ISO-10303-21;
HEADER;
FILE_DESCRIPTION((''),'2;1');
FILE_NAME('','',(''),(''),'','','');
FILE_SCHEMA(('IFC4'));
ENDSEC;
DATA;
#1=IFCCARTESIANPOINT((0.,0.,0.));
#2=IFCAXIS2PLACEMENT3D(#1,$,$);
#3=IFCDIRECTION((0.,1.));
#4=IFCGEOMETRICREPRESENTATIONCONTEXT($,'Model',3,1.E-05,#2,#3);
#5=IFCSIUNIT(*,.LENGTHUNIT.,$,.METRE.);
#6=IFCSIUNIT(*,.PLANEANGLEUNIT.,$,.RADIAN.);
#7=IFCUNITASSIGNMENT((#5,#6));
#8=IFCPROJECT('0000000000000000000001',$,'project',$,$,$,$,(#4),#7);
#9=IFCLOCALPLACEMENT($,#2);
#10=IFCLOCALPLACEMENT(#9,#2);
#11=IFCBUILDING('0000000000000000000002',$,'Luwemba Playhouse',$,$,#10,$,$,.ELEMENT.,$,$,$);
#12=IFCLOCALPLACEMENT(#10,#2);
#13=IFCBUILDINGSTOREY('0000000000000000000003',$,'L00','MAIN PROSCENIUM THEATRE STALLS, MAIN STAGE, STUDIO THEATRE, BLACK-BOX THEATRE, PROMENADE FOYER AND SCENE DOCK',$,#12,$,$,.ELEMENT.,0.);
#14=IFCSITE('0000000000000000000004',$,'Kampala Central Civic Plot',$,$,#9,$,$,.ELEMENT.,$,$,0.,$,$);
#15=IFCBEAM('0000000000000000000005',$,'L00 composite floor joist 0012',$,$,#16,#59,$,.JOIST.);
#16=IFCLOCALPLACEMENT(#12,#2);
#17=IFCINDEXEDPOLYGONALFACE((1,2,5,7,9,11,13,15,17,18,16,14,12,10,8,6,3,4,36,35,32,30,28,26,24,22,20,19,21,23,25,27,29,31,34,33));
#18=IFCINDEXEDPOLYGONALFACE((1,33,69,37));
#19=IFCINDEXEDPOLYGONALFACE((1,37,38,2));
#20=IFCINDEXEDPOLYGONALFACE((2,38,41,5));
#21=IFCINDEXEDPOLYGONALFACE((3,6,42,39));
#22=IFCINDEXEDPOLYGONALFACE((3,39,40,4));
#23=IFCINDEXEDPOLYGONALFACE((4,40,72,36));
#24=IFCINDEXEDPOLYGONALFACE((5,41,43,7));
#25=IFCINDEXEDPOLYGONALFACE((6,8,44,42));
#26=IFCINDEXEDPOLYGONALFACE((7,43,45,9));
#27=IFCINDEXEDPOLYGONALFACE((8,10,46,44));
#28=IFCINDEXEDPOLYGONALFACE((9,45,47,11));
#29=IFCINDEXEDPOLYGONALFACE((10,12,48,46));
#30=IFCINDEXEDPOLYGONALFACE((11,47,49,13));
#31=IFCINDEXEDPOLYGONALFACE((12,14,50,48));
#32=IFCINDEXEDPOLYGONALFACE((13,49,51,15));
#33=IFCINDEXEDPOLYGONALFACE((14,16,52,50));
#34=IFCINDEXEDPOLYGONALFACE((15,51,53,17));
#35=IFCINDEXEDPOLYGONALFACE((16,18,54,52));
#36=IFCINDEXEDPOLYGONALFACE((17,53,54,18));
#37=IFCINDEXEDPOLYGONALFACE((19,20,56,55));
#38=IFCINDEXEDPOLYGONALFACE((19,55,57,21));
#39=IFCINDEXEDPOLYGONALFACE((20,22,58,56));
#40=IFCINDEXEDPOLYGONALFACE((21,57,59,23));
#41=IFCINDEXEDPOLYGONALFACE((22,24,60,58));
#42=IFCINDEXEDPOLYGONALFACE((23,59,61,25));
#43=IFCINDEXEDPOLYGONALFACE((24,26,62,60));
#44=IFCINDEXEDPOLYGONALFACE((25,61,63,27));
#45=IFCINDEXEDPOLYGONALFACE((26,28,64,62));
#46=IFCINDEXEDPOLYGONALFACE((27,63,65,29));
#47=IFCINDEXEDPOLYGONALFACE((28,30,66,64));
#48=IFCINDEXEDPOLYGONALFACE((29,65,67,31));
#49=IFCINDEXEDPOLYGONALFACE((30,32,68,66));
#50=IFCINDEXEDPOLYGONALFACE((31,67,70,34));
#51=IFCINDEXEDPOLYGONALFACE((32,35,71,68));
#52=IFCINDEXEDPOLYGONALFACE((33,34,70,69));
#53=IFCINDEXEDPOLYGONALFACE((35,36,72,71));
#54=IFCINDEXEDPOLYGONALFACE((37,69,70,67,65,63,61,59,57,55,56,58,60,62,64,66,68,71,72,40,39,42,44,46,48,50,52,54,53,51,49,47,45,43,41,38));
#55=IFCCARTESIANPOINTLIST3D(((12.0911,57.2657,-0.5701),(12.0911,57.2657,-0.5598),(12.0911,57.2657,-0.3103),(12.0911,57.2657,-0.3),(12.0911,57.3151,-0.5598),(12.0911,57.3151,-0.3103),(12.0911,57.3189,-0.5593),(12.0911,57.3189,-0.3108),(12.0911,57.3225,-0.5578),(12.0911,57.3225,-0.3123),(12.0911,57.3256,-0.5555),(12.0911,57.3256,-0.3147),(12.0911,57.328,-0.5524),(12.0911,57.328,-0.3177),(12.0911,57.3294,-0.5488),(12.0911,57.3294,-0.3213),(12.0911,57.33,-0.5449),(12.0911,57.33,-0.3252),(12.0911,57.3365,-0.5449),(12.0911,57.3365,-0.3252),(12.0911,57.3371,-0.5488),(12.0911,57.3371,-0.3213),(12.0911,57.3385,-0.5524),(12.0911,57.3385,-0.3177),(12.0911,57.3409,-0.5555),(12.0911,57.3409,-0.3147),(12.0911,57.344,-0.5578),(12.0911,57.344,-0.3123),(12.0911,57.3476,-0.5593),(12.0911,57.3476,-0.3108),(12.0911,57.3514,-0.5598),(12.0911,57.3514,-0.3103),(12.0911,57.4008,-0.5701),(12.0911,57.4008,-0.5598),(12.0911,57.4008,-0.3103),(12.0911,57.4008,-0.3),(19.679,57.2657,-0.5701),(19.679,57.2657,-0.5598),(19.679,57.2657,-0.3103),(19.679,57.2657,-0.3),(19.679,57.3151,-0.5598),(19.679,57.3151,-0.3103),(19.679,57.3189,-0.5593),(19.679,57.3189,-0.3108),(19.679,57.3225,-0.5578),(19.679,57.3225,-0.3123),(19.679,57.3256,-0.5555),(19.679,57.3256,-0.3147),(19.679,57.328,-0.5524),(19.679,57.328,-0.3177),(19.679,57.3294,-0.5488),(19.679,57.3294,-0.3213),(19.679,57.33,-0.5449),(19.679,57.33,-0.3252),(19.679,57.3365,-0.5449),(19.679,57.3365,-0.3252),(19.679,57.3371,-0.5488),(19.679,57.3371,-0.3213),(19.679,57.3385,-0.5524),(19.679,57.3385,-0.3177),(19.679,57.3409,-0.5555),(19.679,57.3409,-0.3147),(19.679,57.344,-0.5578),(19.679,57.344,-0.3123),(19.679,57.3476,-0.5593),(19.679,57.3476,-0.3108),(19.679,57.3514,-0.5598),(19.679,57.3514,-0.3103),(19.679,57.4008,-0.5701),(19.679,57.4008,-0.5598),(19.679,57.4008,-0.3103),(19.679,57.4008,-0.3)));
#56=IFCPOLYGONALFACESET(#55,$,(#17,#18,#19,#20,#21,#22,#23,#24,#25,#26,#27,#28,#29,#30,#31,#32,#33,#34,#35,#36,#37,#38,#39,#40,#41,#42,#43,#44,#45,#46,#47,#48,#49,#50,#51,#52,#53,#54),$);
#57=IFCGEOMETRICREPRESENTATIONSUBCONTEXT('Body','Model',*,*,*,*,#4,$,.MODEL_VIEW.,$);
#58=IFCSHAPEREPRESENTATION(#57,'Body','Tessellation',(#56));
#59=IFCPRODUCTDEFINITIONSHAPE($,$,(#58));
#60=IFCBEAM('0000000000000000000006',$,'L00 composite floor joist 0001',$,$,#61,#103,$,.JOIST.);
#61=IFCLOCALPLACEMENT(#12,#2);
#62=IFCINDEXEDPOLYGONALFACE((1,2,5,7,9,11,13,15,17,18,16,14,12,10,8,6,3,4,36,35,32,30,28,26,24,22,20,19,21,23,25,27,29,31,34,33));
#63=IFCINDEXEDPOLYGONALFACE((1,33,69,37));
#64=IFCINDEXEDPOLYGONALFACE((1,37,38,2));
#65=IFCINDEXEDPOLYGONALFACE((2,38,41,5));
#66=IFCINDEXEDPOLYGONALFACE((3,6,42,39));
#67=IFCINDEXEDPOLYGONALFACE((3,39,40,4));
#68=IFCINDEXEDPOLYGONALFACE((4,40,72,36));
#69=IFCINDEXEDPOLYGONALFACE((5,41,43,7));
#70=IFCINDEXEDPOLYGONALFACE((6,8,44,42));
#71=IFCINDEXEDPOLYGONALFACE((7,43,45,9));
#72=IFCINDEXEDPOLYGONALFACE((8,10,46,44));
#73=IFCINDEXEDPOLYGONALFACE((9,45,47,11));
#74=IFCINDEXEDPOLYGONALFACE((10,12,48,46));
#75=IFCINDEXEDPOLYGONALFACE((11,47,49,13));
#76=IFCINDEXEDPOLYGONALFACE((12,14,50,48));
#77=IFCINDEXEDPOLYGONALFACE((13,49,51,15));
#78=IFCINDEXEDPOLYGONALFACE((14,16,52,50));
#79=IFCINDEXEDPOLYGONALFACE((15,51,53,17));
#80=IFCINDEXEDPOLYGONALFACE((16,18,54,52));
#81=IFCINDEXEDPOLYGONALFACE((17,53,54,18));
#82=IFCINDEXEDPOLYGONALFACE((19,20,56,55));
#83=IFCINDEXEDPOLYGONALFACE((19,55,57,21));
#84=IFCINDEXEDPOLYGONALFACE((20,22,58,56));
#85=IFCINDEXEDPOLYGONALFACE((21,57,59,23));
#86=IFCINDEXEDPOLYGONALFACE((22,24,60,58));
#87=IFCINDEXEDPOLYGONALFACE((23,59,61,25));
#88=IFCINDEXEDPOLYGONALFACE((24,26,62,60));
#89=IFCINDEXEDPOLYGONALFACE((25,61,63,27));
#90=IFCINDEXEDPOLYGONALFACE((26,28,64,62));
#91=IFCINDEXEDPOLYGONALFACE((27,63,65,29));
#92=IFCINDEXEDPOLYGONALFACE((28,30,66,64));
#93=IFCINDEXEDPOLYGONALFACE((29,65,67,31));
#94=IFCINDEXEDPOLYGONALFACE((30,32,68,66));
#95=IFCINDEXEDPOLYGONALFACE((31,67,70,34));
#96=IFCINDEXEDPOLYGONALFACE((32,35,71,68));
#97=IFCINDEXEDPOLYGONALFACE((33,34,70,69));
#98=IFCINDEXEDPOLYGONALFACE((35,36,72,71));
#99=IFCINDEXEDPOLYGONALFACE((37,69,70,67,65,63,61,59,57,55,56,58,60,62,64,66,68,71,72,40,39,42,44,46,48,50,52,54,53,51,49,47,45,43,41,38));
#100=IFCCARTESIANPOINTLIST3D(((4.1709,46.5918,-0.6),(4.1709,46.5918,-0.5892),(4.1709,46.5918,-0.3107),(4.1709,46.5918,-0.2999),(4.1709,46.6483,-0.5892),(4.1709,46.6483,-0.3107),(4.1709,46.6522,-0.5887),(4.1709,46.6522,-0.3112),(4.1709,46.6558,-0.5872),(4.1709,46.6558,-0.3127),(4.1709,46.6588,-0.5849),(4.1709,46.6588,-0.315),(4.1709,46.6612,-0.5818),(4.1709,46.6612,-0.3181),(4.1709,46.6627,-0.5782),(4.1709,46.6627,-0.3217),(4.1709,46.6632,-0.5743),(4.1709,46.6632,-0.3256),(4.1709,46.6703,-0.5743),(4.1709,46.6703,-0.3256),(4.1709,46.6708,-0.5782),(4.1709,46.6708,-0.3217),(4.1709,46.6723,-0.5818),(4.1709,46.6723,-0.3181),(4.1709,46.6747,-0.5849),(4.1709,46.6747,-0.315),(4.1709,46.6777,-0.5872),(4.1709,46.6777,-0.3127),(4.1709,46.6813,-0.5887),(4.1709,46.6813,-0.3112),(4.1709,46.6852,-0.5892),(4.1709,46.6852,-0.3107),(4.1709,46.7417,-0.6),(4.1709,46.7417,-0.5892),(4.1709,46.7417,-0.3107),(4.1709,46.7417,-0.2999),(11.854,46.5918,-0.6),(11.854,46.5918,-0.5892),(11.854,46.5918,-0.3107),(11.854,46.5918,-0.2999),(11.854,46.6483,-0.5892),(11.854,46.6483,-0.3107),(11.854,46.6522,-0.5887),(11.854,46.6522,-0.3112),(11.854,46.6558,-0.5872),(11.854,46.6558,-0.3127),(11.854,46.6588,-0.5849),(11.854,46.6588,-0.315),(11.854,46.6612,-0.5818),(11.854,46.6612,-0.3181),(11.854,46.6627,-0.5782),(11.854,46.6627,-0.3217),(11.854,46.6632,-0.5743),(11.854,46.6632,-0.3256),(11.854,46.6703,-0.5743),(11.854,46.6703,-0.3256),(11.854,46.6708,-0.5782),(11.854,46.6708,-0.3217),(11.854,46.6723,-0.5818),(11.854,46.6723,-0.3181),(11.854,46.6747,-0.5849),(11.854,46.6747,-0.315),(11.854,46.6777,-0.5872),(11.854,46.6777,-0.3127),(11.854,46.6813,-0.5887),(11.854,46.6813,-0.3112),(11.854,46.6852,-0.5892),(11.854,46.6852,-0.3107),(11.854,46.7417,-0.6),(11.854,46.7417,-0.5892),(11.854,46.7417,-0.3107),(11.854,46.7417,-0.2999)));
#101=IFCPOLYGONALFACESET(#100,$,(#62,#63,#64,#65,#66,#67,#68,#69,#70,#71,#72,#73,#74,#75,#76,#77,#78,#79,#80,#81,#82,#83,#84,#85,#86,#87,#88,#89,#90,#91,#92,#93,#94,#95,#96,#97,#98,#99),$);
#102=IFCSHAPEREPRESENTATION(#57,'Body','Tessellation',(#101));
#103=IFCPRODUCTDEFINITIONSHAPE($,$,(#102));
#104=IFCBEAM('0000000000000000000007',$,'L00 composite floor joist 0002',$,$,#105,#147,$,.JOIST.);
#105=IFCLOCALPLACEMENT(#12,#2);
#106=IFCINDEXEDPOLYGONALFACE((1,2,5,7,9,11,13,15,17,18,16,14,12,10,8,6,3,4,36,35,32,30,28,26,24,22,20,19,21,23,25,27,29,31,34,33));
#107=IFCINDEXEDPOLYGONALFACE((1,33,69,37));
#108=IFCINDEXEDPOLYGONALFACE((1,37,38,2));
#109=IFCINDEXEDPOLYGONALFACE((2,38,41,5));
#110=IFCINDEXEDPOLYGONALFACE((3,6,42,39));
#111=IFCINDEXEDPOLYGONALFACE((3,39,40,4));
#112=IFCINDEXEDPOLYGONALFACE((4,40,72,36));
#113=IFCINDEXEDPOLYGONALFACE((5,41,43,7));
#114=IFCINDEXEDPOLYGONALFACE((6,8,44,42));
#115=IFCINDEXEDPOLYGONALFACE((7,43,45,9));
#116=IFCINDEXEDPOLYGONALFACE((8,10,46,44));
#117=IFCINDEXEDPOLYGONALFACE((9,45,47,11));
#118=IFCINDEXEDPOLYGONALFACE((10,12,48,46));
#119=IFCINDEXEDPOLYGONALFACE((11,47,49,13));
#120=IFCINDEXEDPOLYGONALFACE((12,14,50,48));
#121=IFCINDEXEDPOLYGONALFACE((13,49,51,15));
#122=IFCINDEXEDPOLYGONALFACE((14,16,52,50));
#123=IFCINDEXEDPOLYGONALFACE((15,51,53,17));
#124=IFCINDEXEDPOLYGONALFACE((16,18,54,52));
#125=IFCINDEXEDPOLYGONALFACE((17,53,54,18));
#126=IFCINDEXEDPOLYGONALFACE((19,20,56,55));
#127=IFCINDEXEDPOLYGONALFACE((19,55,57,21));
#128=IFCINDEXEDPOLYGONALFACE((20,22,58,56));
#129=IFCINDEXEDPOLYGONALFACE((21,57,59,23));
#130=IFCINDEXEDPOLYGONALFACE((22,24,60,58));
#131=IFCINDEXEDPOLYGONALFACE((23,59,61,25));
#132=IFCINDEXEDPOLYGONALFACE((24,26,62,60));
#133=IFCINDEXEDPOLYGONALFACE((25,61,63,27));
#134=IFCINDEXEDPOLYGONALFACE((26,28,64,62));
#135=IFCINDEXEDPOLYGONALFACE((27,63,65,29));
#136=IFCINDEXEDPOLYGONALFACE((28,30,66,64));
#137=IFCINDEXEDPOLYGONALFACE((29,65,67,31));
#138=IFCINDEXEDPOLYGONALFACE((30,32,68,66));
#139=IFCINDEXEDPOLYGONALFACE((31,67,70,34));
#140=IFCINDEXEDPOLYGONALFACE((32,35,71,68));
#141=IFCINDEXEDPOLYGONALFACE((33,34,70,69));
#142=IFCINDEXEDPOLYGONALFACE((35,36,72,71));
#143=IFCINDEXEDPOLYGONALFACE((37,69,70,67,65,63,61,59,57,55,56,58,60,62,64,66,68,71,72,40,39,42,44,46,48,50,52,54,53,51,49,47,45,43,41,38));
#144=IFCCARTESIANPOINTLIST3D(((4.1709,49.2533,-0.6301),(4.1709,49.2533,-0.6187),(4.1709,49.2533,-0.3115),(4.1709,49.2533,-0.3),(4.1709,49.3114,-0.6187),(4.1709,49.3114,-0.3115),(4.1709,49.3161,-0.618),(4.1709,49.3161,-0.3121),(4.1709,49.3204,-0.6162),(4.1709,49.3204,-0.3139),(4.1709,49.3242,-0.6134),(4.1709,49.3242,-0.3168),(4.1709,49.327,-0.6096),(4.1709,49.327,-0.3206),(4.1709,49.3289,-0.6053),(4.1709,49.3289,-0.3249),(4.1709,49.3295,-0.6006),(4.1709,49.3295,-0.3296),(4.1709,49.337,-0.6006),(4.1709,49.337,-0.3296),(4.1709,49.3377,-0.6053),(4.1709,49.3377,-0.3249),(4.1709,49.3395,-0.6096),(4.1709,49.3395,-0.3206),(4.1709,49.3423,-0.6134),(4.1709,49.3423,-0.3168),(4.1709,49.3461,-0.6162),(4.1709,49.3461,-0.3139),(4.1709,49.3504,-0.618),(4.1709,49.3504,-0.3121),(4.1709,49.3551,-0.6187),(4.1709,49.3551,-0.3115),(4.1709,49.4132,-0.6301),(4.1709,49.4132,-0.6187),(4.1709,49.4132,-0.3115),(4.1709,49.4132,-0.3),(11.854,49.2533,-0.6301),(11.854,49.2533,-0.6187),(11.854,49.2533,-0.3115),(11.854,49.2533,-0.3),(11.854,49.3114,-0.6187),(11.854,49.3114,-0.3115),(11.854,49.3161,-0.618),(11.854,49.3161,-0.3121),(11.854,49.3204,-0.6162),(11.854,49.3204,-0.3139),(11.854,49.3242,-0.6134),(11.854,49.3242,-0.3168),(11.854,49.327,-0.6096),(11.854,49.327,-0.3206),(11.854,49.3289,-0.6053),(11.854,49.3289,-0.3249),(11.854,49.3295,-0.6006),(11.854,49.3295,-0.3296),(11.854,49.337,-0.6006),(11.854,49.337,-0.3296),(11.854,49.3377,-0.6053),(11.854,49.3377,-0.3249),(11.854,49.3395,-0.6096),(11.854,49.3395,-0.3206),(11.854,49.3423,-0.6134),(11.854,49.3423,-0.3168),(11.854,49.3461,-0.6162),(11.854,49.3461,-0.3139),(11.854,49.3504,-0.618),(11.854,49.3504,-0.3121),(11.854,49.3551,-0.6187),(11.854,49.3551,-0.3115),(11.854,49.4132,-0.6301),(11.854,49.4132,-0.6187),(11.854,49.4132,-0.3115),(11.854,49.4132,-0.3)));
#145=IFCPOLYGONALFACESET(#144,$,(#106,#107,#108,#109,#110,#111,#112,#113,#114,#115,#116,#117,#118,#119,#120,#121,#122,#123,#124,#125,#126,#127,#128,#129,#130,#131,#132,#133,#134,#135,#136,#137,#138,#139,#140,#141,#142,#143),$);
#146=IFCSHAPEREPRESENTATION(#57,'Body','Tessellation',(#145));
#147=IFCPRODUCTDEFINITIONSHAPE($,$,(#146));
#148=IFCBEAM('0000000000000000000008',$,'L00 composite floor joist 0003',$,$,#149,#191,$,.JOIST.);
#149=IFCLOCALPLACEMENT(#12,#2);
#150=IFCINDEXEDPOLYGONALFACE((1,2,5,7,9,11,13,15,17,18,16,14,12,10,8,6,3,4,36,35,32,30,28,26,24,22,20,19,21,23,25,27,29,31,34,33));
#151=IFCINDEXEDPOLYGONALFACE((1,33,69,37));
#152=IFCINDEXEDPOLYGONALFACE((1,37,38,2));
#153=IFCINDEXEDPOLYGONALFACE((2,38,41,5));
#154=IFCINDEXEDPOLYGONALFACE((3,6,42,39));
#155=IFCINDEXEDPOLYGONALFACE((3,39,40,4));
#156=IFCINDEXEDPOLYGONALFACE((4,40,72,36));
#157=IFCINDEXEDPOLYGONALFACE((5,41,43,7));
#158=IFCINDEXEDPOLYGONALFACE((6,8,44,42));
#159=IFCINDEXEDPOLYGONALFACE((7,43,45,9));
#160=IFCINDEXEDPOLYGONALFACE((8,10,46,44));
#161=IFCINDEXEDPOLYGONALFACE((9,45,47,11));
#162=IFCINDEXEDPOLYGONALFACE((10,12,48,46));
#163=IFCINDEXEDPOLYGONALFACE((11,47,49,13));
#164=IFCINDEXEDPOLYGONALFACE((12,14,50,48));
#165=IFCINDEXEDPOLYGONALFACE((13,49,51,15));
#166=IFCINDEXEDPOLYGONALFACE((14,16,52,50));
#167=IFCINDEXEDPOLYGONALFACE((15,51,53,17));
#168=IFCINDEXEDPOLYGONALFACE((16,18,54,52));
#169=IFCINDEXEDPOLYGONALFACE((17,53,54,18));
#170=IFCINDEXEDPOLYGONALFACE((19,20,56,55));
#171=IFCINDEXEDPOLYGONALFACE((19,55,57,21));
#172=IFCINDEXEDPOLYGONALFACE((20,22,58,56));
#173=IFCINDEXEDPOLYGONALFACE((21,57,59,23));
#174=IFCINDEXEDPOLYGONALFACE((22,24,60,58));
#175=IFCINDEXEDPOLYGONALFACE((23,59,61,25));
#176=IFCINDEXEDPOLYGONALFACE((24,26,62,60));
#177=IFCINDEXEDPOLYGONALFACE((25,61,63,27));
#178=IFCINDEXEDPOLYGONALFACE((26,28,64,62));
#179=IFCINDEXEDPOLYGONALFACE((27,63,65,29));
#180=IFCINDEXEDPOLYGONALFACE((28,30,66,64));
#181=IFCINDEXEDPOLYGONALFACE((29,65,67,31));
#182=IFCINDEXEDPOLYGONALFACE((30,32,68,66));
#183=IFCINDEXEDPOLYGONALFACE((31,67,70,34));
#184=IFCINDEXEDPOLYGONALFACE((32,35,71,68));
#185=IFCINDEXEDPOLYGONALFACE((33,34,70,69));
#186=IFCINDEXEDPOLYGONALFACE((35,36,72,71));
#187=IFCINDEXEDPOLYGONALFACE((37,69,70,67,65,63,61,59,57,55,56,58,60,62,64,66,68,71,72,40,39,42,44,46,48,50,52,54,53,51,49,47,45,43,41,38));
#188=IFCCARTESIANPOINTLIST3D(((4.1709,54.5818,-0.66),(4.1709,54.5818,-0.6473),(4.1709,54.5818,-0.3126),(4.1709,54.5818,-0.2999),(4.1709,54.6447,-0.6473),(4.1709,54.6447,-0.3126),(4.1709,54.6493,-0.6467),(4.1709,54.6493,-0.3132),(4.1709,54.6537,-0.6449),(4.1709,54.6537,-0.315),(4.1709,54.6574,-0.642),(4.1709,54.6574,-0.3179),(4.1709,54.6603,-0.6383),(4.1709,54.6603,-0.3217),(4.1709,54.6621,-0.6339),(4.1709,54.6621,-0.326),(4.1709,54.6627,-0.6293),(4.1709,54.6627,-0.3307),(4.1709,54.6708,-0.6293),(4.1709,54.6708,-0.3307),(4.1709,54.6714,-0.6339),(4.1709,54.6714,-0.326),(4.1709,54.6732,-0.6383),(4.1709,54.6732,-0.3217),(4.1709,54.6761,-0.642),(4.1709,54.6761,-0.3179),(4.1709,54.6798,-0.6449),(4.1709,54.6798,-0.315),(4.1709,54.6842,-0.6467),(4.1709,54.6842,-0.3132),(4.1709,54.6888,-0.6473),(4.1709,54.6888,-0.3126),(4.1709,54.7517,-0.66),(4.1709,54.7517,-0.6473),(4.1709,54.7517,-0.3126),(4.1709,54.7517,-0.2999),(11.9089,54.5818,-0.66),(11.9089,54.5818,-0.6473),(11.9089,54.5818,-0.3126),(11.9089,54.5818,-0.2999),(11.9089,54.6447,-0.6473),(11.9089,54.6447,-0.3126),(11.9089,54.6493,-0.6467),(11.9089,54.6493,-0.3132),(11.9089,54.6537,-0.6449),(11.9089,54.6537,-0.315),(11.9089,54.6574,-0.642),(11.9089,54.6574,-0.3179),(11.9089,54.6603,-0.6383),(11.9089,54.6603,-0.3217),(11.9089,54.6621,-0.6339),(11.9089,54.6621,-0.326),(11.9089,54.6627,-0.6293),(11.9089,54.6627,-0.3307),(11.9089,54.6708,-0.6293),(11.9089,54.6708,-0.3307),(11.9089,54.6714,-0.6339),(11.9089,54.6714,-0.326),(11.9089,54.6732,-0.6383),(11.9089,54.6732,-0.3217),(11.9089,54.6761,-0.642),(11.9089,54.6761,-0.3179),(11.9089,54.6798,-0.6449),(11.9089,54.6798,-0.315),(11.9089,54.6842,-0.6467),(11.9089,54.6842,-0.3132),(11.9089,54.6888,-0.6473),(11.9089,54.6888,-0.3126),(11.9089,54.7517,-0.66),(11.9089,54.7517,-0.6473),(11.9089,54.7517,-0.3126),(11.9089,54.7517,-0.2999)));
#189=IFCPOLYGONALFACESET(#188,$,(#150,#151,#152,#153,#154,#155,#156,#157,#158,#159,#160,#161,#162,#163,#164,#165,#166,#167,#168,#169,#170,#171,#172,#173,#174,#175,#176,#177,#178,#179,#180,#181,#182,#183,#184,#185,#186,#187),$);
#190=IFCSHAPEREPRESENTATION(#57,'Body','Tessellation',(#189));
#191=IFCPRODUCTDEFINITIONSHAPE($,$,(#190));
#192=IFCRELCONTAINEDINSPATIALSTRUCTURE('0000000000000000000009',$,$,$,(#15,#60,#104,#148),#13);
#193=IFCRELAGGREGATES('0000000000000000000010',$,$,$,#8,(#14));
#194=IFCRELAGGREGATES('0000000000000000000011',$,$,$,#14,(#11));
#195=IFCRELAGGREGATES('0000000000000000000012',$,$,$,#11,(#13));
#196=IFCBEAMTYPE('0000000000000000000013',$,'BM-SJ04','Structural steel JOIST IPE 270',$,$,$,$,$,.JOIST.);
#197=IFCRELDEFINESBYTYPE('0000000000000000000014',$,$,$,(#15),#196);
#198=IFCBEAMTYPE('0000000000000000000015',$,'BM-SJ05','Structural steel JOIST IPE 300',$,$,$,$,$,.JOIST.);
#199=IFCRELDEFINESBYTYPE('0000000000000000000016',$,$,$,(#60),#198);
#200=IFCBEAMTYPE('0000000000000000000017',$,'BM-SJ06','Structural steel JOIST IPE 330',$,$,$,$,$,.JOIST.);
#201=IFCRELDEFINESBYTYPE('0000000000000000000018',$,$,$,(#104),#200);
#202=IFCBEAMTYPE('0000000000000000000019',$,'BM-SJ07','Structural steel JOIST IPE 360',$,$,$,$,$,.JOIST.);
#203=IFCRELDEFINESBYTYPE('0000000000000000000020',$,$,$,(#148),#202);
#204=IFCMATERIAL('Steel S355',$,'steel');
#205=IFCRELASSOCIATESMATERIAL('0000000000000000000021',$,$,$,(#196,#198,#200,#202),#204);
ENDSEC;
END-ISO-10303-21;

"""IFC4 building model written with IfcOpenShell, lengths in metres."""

from ifc_helpers import new_model, si_unit, direction, frame, origin, origin_2d, place, context, subcontext, project, spatial, i_section, extrude, material, material_profile, profile_set, type_object, element, save


model = new_model("IFC4")

# Units and contexts
model_context = context("Model", 3, precision=1e-05, world=origin(), true_north=direction((0.0, 1.0)))
body_context = subcontext(model_context, "Body", "Model", "MODEL_VIEW")
ifc_project = project(units=[si_unit("LENGTHUNIT", "METRE"), si_unit("PLANEANGLEUNIT", "RADIAN")], contexts=[model_context])

# Site, building, storey
site_placement = place(None, origin())
site = spatial("IfcSite", under=ifc_project, at=site_placement, Name="Kampala Central Civic Plot", CompositionType="ELEMENT", RefElevation=0.0)
building_placement = place(site_placement, origin())
building = spatial("IfcBuilding", under=site, at=building_placement, Name="Luwemba Playhouse", CompositionType="ELEMENT")
storey_placement = place(building_placement, origin())
storey = spatial("IfcBuildingStorey", under=building, at=storey_placement, Name="L00", Description="MAIN PROSCENIUM THEATRE STALLS, MAIN STAGE, STUDIO THEATRE, BLACK-BOX THEATRE, PROMENADE FOYER AND SCENE DOCK", CompositionType="ELEMENT", Elevation=0.0)

# Beams
ifc_material_1 = material(Name="Steel S355", Category="steel")
ifc_material_profile_1 = material_profile(ifc_material_1, i_section(OverallWidth=0.135, OverallDepth=0.27, WebThickness=0.0066, FlangeThickness=0.0103, FilletRadius=0.0149, at=origin_2d()))
ifc_profile_set_1 = profile_set([ifc_material_profile_1], Name="Steel S355")
beam_type_1 = type_object("IfcBeamType", Name="BM-SJ04", Description="Structural steel JOIST IPE 270", PredefinedType="JOIST", material=ifc_profile_set_1)
beam_1_placement = place(storey_placement, frame((12.0911, 57.3333, -0.4351), z_axis=(1.0, 0.0, 0.0), x_axis=(0.0, 1.0, 0.0)))
element("IfcBeam", 1, at=beam_1_placement, inside=storey, type_object=beam_type_1, Name="L00 composite floor joist 0012", PredefinedType="JOIST", context=body_context, shape_type="SweptSolid", body=[
    extrude(i_section(OverallWidth=0.135, OverallDepth=0.27, WebThickness=0.0066, FlangeThickness=0.0103, FilletRadius=0.0149, at=origin_2d()), origin(), (0.0, 0.0, 1.0), 7.5879),
])
ifc_material_profile_2 = material_profile(ifc_material_1, i_section(OverallWidth=0.1499, OverallDepth=0.3, WebThickness=0.0071, FlangeThickness=0.0107, FilletRadius=0.0149, at=origin_2d()))
ifc_profile_set_2 = profile_set([ifc_material_profile_2], Name="Steel S355")
beam_type_2 = type_object("IfcBeamType", Name="BM-SJ05", Description="Structural steel JOIST IPE 300", PredefinedType="JOIST", material=ifc_profile_set_2)
beam_2_placement = place(storey_placement, frame((4.1709, 46.6667, -0.45), z_axis=(1.0, 0.0, 0.0), x_axis=(0.0, 1.0, 0.0)))
element("IfcBeam", 2, at=beam_2_placement, inside=storey, type_object=beam_type_2, Name="L00 composite floor joist 0001", PredefinedType="JOIST", context=body_context, shape_type="SweptSolid", body=[
    extrude(i_section(OverallWidth=0.1499, OverallDepth=0.3, WebThickness=0.0071, FlangeThickness=0.0107, FilletRadius=0.0149, at=origin_2d()), origin(), (0.0, 0.0, 1.0), 7.6831),
])
ifc_material_profile_3 = material_profile(ifc_material_1, i_section(OverallWidth=0.1599, OverallDepth=0.3301, WebThickness=0.0076, FlangeThickness=0.0115, FilletRadius=0.0181, at=origin_2d()))
ifc_profile_set_3 = profile_set([ifc_material_profile_3], Name="Steel S355")
beam_type_3 = type_object("IfcBeamType", Name="BM-SJ06", Description="Structural steel JOIST IPE 330", PredefinedType="JOIST", material=ifc_profile_set_3)
beam_3_placement = place(storey_placement, frame((4.1709, 49.3333, -0.4651), z_axis=(1.0, 0.0, 0.0), x_axis=(0.0, 1.0, 0.0)))
element("IfcBeam", 3, at=beam_3_placement, inside=storey, type_object=beam_type_3, Name="L00 composite floor joist 0002", PredefinedType="JOIST", context=body_context, shape_type="SweptSolid", body=[
    extrude(i_section(OverallWidth=0.1599, OverallDepth=0.3301, WebThickness=0.0076, FlangeThickness=0.0115, FilletRadius=0.0181, at=origin_2d()), origin(), (0.0, 0.0, 1.0), 7.6831),
])
ifc_material_profile_4 = material_profile(ifc_material_1, i_section(OverallWidth=0.1699, OverallDepth=0.3601, WebThickness=0.0081, FlangeThickness=0.0127, FilletRadius=0.0181, at=origin_2d()))
ifc_profile_set_4 = profile_set([ifc_material_profile_4], Name="Steel S355")
beam_type_4 = type_object("IfcBeamType", Name="BM-SJ07", Description="Structural steel JOIST IPE 360", PredefinedType="JOIST", material=ifc_profile_set_4)
beam_4_placement = place(storey_placement, frame((4.1709, 54.6667, -0.48), z_axis=(1.0, 0.0, 0.0), x_axis=(0.0, 1.0, 0.0)))
element("IfcBeam", 4, at=beam_4_placement, inside=storey, type_object=beam_type_4, Name="L00 composite floor joist 0003", PredefinedType="JOIST", context=body_context, shape_type="SweptSolid", body=[
    extrude(i_section(OverallWidth=0.1699, OverallDepth=0.3601, WebThickness=0.0081, FlangeThickness=0.0127, FilletRadius=0.0181, at=origin_2d()), origin(), (0.0, 0.0, 1.0), 7.738),
])

save(model, "model.ifc")
